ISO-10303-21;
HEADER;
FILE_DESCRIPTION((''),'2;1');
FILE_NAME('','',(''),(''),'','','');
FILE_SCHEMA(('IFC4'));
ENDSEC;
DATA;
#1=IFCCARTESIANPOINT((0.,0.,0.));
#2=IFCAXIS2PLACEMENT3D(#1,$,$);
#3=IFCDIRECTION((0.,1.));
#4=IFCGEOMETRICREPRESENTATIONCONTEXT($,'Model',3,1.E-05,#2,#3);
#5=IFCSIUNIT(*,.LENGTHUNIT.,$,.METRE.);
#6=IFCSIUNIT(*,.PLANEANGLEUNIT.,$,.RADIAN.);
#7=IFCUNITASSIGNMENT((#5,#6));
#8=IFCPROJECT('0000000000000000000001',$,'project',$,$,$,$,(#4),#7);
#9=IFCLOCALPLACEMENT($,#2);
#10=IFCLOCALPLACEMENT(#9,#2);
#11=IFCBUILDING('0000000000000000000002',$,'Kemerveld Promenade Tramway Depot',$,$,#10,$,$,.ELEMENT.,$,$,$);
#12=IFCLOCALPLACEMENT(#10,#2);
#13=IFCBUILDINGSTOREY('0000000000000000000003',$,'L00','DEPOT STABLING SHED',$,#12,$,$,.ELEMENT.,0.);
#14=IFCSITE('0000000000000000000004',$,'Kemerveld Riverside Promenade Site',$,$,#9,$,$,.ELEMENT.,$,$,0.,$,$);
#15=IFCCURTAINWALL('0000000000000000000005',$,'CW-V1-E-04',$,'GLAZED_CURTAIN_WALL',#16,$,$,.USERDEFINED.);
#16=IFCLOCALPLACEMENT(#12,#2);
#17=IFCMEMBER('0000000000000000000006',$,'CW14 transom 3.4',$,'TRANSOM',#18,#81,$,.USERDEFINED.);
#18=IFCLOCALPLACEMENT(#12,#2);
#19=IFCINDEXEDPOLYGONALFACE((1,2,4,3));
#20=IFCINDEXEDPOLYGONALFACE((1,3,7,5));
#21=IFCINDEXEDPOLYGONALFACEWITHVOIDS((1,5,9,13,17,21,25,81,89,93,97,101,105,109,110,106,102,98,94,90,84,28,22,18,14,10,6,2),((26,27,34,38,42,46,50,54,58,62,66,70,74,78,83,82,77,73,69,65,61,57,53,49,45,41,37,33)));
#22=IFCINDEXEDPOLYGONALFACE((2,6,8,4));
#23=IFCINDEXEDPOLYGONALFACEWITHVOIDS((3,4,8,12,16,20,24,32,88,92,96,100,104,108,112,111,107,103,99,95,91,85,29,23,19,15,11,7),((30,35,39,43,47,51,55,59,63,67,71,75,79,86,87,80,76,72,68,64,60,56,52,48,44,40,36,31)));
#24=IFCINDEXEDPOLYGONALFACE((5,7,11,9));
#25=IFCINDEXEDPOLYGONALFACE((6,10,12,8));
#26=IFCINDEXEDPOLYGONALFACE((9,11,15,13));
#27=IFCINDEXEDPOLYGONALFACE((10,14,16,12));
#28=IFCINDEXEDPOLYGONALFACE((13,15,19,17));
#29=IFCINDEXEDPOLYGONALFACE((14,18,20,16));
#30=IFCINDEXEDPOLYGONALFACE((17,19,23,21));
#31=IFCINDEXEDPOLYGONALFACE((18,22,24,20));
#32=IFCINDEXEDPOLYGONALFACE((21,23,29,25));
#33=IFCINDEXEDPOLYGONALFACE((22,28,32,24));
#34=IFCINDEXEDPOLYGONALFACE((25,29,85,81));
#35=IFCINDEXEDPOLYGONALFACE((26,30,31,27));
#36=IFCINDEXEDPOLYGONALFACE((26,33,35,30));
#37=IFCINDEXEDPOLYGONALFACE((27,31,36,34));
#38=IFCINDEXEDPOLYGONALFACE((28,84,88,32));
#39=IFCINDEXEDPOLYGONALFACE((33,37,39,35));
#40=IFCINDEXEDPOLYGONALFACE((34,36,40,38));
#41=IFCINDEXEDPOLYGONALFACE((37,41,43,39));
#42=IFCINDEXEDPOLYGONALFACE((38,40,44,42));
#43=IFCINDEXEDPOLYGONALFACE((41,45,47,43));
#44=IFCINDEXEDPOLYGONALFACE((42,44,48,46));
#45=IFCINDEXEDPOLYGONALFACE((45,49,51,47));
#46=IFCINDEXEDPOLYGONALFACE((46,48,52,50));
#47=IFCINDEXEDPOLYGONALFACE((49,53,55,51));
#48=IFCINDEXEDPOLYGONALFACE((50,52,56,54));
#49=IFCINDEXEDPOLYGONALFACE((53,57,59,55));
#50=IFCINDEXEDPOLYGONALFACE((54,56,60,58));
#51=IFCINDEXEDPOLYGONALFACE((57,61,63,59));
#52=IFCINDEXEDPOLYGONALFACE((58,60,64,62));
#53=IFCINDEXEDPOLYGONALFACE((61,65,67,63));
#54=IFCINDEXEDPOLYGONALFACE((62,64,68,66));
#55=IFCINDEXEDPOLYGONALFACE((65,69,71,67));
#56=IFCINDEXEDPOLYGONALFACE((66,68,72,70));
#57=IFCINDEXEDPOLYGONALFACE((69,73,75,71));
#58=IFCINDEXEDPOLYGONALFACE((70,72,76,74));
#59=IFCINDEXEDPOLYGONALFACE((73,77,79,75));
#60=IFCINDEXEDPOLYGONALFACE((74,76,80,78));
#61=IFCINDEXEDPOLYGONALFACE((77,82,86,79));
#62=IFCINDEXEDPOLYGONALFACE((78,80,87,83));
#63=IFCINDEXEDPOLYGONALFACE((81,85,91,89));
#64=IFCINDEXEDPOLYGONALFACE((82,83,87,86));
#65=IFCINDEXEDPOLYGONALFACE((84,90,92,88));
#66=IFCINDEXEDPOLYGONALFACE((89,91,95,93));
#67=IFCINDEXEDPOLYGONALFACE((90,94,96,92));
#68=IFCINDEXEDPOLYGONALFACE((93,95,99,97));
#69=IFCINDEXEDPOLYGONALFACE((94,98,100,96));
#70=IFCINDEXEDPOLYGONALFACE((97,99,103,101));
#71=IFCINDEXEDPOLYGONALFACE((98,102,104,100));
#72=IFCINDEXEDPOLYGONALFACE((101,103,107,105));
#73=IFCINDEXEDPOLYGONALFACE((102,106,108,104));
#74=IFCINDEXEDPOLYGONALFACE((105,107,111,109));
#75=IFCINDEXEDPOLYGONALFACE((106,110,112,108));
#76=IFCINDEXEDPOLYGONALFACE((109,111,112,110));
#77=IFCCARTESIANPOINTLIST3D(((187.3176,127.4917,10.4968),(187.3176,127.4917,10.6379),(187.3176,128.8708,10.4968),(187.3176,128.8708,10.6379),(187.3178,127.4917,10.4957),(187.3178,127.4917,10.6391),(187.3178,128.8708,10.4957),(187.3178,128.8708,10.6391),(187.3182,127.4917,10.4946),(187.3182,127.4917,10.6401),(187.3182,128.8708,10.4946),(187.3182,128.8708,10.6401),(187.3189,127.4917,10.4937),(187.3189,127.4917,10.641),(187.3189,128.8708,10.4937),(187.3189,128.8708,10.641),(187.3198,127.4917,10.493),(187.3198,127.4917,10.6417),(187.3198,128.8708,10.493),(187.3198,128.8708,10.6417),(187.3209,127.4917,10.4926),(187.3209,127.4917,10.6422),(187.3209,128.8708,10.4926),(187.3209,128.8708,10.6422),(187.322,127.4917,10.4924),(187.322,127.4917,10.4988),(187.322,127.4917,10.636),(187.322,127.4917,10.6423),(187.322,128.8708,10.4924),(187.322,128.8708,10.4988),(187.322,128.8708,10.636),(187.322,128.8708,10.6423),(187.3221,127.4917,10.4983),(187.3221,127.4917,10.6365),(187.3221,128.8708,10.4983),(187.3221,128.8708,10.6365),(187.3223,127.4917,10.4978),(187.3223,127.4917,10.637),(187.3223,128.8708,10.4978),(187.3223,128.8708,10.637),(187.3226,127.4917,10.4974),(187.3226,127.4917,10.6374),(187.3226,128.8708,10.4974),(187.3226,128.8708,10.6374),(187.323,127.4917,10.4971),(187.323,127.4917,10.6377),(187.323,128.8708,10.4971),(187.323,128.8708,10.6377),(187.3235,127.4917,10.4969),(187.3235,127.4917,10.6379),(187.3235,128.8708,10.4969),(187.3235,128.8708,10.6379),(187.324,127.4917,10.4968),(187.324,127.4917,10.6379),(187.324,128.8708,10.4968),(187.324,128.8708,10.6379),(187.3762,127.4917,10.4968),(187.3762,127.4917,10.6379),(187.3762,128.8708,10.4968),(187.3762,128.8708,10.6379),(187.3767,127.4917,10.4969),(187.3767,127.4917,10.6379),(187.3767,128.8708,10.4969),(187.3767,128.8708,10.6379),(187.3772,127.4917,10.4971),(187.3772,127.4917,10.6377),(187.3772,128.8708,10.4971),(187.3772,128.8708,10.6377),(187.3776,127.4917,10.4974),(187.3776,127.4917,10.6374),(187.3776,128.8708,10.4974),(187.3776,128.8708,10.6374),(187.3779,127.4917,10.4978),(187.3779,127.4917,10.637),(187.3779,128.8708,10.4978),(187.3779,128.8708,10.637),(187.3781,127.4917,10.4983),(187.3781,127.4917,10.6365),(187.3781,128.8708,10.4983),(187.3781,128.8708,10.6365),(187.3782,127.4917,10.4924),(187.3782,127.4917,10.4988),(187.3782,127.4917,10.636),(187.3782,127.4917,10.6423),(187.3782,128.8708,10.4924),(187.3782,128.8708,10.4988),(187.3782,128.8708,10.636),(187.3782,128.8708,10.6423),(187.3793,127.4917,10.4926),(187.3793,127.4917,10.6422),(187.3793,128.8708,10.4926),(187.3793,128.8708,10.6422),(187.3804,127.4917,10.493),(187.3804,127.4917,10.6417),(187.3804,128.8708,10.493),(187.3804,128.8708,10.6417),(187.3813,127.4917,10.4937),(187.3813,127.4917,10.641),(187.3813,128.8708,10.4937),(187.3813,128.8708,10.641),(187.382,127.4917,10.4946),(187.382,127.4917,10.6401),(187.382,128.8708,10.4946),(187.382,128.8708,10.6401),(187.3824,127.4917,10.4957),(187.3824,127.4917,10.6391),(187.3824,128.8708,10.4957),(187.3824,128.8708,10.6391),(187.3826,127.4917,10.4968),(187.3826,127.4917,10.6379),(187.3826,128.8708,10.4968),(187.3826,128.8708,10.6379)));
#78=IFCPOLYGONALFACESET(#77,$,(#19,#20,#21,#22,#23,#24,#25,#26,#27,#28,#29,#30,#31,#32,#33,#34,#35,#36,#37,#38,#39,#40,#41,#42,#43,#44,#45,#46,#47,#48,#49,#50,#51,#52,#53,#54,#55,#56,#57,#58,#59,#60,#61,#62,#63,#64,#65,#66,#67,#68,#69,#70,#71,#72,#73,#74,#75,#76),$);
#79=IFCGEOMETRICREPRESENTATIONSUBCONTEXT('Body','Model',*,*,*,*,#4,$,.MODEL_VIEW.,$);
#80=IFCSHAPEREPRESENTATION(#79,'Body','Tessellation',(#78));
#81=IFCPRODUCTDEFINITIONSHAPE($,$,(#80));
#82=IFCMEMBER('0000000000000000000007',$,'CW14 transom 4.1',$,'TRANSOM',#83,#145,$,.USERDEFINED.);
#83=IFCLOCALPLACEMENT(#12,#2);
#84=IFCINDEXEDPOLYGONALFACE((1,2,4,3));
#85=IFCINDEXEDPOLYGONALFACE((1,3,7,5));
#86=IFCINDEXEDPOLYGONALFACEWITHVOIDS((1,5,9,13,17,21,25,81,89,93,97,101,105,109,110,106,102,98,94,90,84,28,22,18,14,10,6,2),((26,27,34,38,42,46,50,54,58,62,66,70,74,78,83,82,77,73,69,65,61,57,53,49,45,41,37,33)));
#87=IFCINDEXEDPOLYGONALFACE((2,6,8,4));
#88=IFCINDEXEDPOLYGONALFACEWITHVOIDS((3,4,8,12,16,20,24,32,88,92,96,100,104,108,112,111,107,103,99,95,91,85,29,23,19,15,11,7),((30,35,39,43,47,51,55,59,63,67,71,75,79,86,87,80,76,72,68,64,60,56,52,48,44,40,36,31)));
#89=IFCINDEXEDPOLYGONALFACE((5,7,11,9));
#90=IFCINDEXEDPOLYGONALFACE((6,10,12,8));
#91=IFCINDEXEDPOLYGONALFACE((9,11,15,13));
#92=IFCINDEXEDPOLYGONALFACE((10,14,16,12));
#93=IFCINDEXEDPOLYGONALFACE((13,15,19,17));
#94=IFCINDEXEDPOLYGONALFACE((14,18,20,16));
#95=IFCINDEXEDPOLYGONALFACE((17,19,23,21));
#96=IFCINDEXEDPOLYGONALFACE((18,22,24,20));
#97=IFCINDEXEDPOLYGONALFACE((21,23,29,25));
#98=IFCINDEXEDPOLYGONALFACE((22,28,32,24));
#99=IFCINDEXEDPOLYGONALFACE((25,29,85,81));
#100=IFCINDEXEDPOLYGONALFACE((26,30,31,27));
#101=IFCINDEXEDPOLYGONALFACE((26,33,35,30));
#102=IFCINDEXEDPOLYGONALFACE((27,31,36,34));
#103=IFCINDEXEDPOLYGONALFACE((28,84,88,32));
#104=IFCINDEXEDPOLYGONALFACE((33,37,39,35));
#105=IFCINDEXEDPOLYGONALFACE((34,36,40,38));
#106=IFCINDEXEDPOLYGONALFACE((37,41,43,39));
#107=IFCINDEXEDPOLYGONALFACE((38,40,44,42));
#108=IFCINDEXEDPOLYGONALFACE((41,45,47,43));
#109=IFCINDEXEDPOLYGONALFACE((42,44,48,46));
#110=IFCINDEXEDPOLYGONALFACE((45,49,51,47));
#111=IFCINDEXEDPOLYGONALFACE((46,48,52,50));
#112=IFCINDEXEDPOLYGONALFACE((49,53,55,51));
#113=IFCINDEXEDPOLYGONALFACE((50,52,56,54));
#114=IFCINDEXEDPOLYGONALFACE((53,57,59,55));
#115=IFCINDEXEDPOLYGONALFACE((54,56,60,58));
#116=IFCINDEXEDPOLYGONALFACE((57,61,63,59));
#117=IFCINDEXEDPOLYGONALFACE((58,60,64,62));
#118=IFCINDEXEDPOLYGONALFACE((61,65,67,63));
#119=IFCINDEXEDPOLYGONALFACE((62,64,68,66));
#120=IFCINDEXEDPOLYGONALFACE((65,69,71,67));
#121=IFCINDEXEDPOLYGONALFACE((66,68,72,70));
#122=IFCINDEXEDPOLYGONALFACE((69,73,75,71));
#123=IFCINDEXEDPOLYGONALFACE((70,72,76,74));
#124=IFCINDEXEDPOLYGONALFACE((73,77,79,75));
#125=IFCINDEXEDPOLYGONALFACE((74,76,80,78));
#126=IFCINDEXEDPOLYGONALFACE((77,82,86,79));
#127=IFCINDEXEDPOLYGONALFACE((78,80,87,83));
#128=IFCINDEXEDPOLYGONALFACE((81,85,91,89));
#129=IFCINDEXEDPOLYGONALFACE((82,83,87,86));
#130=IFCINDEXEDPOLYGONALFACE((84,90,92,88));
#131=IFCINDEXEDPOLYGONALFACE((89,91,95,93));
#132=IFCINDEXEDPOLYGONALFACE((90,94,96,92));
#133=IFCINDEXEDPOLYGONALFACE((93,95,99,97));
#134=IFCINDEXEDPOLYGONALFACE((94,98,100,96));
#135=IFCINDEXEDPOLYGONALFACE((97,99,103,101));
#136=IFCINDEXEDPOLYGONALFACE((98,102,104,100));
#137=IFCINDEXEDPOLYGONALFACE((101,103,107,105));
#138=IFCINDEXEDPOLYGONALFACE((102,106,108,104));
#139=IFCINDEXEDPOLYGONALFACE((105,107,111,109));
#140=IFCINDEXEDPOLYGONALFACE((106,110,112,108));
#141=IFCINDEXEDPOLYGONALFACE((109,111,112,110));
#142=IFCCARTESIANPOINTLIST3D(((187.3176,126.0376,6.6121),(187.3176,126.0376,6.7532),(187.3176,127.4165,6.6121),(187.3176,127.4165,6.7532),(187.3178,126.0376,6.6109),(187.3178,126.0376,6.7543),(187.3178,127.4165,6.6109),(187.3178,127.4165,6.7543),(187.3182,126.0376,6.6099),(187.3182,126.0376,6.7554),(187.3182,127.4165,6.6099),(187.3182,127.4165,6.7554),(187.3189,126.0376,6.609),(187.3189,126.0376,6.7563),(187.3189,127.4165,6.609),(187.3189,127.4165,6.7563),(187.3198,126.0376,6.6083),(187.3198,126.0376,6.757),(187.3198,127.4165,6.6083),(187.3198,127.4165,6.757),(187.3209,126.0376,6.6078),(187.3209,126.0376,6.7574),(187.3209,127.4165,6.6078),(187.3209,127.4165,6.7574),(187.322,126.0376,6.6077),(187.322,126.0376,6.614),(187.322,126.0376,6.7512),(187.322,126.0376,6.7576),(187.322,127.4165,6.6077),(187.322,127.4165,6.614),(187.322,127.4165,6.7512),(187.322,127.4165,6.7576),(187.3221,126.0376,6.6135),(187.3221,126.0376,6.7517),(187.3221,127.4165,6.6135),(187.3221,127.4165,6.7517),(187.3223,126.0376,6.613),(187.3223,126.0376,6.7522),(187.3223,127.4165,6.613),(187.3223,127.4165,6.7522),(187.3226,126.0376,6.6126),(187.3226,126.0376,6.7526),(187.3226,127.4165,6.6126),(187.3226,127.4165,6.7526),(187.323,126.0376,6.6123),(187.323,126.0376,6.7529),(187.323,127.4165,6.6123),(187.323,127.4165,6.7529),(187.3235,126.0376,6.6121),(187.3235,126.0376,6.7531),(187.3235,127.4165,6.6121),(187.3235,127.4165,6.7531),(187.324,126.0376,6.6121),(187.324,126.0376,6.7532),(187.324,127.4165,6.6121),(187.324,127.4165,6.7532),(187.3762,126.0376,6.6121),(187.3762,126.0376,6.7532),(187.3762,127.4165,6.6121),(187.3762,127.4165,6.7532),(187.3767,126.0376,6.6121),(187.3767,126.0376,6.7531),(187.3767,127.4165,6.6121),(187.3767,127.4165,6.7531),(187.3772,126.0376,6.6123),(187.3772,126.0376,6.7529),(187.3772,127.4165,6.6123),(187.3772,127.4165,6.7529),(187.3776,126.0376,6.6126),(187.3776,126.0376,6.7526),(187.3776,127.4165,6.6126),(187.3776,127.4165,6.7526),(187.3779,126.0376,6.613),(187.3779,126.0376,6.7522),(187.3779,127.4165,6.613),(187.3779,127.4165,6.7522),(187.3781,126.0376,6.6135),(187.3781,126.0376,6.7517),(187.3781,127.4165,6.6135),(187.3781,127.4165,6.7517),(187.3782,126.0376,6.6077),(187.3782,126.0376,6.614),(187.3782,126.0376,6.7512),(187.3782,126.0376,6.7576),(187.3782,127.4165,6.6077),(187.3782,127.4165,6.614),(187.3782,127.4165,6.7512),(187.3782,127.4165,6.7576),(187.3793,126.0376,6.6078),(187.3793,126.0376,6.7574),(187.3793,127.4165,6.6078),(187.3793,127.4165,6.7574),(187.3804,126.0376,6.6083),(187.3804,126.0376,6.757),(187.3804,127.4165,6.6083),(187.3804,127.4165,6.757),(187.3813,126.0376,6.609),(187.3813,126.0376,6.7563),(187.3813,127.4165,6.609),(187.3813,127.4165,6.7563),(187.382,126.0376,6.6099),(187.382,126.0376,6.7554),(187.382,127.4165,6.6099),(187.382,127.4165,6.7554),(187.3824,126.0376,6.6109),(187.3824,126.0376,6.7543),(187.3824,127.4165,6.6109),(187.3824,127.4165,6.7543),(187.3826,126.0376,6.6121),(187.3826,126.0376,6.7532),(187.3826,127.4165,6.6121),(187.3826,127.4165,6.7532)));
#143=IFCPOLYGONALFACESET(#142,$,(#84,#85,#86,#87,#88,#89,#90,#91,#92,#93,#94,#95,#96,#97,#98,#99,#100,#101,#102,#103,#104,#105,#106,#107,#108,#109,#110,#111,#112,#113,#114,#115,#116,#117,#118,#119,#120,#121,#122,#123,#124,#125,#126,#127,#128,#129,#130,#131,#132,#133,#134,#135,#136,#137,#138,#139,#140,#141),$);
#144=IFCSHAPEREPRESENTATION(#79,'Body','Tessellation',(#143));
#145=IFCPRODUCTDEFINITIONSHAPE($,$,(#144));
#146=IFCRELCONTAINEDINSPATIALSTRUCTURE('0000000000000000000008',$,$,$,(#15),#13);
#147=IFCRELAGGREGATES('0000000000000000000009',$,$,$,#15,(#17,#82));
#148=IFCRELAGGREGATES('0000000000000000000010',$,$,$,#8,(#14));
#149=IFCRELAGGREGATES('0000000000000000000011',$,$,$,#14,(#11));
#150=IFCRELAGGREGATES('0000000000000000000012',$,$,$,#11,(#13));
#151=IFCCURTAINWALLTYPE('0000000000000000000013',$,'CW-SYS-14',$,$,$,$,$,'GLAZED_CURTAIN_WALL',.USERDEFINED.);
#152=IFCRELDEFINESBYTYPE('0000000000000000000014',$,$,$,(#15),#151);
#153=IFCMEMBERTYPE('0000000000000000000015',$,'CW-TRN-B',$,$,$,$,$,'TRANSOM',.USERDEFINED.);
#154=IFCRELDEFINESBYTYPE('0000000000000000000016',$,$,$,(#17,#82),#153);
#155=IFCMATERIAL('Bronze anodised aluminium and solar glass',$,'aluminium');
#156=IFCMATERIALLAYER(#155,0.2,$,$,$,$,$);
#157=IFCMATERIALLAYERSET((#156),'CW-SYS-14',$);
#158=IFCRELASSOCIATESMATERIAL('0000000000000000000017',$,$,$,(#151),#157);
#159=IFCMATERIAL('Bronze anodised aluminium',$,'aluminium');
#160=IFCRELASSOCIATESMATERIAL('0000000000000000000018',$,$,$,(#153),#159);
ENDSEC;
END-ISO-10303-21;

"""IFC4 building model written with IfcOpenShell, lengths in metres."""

from ifc_helpers import new_model, si_unit, direction, frame, origin, origin_2d, place, context, subcontext, project, spatial, hollow_rectangle, extrude, material, layer, layer_set, material_profile, profile_set, type_object, element, aggregate, save


model = new_model("IFC4")

# Units and contexts
model_context = context("Model", 3, precision=1e-05, world=origin(), true_north=direction((0.0, 1.0)))
body_context = subcontext(model_context, "Body", "Model", "MODEL_VIEW")
ifc_project = project(units=[si_unit("LENGTHUNIT", "METRE"), si_unit("PLANEANGLEUNIT", "RADIAN")], contexts=[model_context])

# Site, building, storey
site_placement = place(None, origin())
site = spatial("IfcSite", under=ifc_project, at=site_placement, Name="Kemerveld Riverside Promenade Site", CompositionType="ELEMENT", RefElevation=0.0)
building_placement = place(site_placement, origin())
building = spatial("IfcBuilding", under=site, at=building_placement, Name="Kemerveld Promenade Tramway Depot", CompositionType="ELEMENT")
storey_placement = place(building_placement, origin())
storey = spatial("IfcBuildingStorey", under=building, at=storey_placement, Name="L00", Description="DEPOT STABLING SHED", CompositionType="ELEMENT", Elevation=0.0)

# Curtain wall, members
ifc_material_1 = material(Name="Bronze anodised aluminium and solar glass", Category="aluminium")
ifc_layer_1 = layer(ifc_material_1, 0.2)
ifc_layer_set_1 = layer_set([ifc_layer_1], Name="CW-SYS-14")
curtain_wall_type = type_object("IfcCurtainWallType", Name="CW-SYS-14", ElementType="GLAZED_CURTAIN_WALL", PredefinedType="USERDEFINED", material=ifc_layer_set_1)
curtain_wall_placement = place(storey_placement, origin())
curtain_wall = element("IfcCurtainWall", 1, at=curtain_wall_placement, inside=storey, type_object=curtain_wall_type, Name="CW-V1-E-04", ObjectType="GLAZED_CURTAIN_WALL", PredefinedType="USERDEFINED")
ifc_material_2 = material(Name="Bronze anodised aluminium", Category="aluminium")
ifc_material_profile_1 = material_profile(ifc_material_2, hollow_rectangle(XDim=0.0649, YDim=0.1499, WallThickness=0.0044, InnerFilletRadius=0.002, OuterFilletRadius=0.0044, at=origin_2d()), Name="CW-TRN-150x65")
ifc_profile_set_1 = profile_set([ifc_material_profile_1], Name="Bronze anodised aluminium")
member_type_1 = type_object("IfcMemberType", Name="CW-TRN-B", ElementType="TRANSOM", PredefinedType="USERDEFINED", material=ifc_profile_set_1)
member_1_placement = place(storey_placement, frame((187.3501, 128.8708, 10.5674), z_axis=(0.0, -1.0, 0.0), x_axis=(1.0, 0.0, 0.0)))
member_1 = element("IfcMember", 2, at=member_1_placement, type_object=member_type_1, Name="CW14 transom 3.4", ObjectType="TRANSOM", PredefinedType="USERDEFINED", context=body_context, shape_type="SweptSolid", body=[
    extrude(hollow_rectangle(XDim=0.0649, YDim=0.1499, WallThickness=0.0044, InnerFilletRadius=0.002, OuterFilletRadius=0.0044, at=origin_2d()), origin(), (0.0, 0.0, 1.0), 1.3792),
])
member_2_placement = place(storey_placement, frame((187.3501, 127.4165, 6.6826), z_axis=(0.0, -1.0, 0.0), x_axis=(1.0, 0.0, 0.0)))
member_2 = element("IfcMember", 3, at=member_2_placement, type_object=member_type_1, Name="CW14 transom 4.1", ObjectType="TRANSOM", PredefinedType="USERDEFINED", context=body_context, shape_type="SweptSolid", body=[
    extrude(hollow_rectangle(XDim=0.0649, YDim=0.1499, WallThickness=0.0044, InnerFilletRadius=0.002, OuterFilletRadius=0.0044, at=origin_2d()), origin(), (0.0, 0.0, 1.0), 1.3789),
])

aggregate(curtain_wall, [member_1, member_2])

save(model, "model.ifc")
